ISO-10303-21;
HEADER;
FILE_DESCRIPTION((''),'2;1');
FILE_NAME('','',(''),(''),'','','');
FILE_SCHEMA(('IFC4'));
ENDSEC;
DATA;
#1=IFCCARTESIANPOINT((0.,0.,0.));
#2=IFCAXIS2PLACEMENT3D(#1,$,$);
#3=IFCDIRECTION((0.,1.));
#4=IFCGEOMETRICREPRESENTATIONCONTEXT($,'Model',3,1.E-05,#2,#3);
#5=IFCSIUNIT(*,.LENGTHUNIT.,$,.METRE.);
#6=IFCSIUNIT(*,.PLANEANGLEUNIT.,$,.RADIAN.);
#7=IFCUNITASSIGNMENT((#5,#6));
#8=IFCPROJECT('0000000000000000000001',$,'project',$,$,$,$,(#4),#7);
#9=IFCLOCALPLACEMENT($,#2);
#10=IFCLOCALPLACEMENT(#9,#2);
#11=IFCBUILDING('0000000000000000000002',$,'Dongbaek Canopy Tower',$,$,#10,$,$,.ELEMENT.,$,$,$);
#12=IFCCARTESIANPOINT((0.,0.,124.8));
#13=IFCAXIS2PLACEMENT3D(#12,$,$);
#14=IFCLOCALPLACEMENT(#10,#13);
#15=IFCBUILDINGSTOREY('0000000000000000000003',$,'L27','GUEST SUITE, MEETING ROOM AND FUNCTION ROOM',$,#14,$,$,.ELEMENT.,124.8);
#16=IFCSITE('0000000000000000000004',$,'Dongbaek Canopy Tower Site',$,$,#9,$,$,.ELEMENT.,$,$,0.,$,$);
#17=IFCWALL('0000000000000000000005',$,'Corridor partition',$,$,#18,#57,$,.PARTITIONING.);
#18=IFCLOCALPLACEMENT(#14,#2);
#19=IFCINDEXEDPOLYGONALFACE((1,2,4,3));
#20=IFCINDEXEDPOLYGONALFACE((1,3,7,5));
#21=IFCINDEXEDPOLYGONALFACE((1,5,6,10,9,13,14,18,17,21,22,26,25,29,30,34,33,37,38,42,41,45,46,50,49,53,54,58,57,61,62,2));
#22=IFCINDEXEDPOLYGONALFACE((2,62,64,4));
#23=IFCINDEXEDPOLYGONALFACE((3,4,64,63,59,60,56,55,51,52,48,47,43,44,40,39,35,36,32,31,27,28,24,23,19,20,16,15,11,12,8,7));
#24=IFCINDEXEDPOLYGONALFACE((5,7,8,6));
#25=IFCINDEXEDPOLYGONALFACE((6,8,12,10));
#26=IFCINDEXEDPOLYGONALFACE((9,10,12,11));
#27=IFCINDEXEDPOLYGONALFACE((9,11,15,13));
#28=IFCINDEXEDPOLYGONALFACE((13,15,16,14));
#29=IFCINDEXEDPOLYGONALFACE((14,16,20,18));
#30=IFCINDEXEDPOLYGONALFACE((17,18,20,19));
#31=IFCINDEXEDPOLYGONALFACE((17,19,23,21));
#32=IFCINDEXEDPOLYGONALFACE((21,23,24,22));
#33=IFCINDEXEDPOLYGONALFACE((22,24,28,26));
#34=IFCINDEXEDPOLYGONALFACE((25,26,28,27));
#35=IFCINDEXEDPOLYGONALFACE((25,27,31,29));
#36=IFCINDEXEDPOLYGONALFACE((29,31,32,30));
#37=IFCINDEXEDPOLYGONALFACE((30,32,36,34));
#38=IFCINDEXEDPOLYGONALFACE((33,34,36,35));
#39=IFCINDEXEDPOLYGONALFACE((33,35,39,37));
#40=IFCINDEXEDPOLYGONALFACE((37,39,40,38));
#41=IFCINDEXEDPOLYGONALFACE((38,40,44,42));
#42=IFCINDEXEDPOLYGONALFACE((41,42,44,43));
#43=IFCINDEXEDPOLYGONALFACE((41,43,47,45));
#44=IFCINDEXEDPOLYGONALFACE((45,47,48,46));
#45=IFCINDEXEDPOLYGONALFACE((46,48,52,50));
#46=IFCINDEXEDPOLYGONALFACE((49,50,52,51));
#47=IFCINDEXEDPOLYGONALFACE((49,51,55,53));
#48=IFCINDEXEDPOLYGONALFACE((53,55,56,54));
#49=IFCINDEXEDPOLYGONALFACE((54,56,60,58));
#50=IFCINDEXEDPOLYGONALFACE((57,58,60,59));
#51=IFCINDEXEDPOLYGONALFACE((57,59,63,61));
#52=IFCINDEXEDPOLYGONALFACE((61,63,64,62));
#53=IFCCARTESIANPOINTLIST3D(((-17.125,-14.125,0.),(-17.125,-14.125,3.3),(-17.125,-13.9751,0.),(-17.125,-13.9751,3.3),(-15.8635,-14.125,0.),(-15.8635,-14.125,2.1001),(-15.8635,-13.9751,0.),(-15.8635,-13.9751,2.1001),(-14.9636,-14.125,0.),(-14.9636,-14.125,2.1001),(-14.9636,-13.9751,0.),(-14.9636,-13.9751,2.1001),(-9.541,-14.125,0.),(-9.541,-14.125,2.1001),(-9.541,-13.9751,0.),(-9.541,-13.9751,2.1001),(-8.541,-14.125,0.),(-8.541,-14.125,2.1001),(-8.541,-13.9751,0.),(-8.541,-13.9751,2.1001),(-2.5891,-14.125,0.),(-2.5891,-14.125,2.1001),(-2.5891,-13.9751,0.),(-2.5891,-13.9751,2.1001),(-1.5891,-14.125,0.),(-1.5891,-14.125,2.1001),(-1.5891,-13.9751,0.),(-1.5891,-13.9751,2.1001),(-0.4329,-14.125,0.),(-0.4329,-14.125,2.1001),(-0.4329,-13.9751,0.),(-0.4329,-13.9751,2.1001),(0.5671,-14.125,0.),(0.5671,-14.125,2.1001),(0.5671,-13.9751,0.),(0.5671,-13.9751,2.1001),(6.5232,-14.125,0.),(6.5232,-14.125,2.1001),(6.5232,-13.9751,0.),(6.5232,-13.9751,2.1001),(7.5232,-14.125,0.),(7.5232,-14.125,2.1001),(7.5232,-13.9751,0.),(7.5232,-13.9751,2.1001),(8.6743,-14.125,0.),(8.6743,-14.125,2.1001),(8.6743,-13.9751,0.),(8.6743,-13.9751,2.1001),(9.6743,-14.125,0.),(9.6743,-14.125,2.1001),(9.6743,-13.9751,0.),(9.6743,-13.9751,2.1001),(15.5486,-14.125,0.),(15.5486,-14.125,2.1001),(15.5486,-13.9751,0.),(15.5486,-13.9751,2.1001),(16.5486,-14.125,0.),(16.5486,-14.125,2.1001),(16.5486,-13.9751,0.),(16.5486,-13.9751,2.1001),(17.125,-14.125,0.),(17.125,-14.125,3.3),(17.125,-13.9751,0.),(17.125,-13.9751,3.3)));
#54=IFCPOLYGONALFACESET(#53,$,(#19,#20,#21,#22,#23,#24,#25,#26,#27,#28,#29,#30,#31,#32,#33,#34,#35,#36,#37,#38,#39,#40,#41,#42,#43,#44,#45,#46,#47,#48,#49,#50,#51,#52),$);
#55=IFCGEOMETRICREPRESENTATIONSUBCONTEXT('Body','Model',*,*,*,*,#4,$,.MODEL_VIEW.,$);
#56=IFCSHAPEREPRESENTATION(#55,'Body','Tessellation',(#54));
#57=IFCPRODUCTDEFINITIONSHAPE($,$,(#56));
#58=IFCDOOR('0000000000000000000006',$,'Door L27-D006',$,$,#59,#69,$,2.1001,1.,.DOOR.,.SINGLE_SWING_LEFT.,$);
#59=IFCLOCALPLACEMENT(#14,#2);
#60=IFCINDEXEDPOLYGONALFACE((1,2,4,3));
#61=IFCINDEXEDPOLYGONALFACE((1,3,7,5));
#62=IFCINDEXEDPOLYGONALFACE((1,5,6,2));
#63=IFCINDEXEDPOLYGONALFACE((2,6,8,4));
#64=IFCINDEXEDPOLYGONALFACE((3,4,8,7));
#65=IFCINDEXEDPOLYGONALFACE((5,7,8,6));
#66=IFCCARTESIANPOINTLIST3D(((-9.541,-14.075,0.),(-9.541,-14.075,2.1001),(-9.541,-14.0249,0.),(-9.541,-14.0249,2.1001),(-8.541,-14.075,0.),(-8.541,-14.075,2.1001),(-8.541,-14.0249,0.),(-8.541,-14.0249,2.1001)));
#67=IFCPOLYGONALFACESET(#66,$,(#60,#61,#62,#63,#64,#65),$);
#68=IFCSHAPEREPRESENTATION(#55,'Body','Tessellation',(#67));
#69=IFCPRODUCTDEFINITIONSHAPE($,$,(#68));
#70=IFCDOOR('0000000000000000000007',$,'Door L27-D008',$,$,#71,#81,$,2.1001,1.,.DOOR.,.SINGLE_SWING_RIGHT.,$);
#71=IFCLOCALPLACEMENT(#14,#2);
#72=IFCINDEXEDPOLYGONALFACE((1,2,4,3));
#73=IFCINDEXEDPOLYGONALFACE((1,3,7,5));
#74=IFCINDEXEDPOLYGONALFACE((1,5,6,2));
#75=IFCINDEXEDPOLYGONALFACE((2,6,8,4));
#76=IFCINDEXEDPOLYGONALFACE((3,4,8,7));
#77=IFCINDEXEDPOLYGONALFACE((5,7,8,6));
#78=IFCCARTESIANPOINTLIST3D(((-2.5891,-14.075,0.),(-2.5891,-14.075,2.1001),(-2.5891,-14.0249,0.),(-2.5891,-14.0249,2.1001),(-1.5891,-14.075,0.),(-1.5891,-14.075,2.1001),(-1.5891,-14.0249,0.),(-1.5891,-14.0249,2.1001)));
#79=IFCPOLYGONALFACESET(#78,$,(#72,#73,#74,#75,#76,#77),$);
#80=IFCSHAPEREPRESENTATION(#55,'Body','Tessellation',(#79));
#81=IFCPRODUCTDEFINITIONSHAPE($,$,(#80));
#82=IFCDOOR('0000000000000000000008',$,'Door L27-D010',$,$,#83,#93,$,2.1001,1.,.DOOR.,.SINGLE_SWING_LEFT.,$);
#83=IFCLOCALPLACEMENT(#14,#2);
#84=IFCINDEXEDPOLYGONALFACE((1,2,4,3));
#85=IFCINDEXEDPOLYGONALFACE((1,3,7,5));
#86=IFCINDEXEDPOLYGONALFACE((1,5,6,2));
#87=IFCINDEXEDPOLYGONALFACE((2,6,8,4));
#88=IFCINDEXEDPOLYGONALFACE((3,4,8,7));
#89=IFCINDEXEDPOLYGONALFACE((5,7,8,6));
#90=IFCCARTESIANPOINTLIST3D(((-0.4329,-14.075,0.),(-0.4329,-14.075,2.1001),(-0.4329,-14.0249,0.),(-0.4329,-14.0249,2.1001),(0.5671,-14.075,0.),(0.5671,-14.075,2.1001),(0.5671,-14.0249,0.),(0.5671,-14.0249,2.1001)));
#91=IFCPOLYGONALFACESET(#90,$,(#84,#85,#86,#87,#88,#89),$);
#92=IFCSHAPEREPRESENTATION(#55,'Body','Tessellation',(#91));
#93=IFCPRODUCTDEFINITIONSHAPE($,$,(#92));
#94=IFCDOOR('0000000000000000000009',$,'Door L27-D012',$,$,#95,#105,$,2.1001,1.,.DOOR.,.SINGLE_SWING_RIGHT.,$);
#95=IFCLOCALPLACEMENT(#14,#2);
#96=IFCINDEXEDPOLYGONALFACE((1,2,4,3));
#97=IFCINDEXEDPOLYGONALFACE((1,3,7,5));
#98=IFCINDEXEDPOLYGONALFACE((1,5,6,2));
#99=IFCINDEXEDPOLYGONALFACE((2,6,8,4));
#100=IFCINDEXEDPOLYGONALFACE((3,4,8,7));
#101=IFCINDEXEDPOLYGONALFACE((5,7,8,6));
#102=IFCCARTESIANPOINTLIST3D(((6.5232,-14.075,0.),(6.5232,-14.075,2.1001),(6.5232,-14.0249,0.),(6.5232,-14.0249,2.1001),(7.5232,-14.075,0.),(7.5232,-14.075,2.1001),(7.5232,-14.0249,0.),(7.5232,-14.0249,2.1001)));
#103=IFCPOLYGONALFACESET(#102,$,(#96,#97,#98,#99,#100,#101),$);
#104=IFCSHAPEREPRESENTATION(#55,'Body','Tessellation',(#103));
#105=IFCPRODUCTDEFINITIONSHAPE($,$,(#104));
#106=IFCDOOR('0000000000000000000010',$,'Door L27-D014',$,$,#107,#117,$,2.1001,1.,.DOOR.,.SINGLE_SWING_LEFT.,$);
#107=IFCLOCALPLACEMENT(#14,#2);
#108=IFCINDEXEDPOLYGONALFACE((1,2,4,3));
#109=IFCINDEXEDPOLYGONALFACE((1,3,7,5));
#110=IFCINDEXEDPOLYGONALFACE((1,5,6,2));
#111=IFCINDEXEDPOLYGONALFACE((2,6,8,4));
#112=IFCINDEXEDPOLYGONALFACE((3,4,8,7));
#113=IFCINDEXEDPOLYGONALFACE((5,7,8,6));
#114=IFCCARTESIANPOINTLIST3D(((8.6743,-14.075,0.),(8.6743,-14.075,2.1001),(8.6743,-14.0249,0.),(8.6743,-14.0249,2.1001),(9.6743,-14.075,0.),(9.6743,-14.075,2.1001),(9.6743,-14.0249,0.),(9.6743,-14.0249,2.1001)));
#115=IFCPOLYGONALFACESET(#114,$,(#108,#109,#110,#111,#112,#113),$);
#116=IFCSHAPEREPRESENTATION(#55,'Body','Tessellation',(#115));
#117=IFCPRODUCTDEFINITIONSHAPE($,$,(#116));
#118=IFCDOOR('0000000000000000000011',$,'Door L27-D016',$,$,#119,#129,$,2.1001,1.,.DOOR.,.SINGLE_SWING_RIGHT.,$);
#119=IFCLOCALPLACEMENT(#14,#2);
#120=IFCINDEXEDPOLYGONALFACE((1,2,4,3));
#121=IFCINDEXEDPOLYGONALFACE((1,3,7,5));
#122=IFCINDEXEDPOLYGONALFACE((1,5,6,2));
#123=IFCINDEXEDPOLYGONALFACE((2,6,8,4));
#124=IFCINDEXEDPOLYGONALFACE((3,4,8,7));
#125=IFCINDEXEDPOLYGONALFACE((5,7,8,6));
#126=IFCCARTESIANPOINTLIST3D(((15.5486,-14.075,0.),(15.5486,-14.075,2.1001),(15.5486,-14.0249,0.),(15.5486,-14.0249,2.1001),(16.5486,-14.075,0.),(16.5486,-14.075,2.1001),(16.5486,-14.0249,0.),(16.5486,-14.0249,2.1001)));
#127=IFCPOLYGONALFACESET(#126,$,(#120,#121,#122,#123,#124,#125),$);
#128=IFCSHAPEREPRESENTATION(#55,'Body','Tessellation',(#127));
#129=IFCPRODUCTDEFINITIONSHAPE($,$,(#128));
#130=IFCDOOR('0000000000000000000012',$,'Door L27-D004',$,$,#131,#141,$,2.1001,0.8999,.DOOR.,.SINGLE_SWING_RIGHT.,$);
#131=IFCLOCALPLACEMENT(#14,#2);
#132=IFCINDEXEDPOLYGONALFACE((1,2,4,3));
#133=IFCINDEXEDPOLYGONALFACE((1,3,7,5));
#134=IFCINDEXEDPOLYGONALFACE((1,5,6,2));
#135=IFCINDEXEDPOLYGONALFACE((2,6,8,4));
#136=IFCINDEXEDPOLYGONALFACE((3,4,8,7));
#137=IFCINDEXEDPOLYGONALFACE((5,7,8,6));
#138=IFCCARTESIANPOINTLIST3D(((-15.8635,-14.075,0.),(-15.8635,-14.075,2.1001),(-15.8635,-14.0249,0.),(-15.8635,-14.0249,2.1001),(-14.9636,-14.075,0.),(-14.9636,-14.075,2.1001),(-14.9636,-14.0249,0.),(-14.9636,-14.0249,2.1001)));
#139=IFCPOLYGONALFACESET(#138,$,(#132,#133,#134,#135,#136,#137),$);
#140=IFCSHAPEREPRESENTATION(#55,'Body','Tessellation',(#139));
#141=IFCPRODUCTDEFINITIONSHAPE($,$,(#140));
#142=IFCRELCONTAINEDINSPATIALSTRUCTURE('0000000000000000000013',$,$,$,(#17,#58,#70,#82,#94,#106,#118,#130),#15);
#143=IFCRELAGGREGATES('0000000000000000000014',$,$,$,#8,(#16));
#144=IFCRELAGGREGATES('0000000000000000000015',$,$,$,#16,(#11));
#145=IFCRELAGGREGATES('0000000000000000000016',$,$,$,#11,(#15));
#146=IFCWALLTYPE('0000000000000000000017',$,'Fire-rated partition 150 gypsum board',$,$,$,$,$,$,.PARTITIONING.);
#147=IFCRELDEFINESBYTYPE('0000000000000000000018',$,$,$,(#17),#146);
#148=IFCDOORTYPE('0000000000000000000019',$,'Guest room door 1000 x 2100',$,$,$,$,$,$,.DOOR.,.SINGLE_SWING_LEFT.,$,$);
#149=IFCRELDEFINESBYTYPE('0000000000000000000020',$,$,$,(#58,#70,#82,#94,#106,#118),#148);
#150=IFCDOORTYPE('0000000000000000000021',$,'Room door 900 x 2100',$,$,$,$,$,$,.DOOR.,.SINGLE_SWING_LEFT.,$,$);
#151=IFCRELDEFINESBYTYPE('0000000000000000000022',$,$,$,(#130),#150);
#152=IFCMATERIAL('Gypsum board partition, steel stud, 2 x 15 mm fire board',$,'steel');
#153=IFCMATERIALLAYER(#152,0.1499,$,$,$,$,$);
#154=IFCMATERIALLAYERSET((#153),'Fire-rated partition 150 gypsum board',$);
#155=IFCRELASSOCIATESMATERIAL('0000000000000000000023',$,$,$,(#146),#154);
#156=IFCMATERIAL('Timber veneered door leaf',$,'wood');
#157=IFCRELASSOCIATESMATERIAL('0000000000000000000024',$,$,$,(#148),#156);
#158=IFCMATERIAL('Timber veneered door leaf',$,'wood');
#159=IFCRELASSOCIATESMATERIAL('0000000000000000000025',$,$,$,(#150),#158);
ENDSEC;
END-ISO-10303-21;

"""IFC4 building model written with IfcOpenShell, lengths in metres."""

from ifc_helpers import new_model, si_unit, direction, frame, frame_2d, origin, place, context, subcontext, project, spatial, rectangle, extrude, material, layer, layer_set, type_object, element, fill, save


model = new_model("IFC4")

# Units and contexts
model_context = context("Model", 3, precision=1e-05, world=origin(), true_north=direction((0.0, 1.0)))
body_context = subcontext(model_context, "Body", "Model", "MODEL_VIEW")
ifc_project = project(units=[si_unit("LENGTHUNIT", "METRE"), si_unit("PLANEANGLEUNIT", "RADIAN")], contexts=[model_context])

# Site, building, storey
site_placement = place(None, origin())
site = spatial("IfcSite", under=ifc_project, at=site_placement, Name="Dongbaek Canopy Tower Site", CompositionType="ELEMENT", RefElevation=0.0)
building_placement = place(site_placement, origin())
building = spatial("IfcBuilding", under=site, at=building_placement, Name="Dongbaek Canopy Tower", CompositionType="ELEMENT")
storey_placement = place(building_placement, frame((0.0, 0.0, 124.8)))
storey = spatial("IfcBuildingStorey", under=building, at=storey_placement, Name="L27", Description="GUEST SUITE, MEETING ROOM AND FUNCTION ROOM", CompositionType="ELEMENT", Elevation=124.8)

# Wall, openings, doors
ifc_material_1 = material(Name="Gypsum board partition, steel stud, 2 x 15 mm fire board", Category="steel")
ifc_layer_1 = layer(ifc_material_1, 0.1499)
ifc_layer_set_1 = layer_set([ifc_layer_1], Name="Fire-rated partition 150 gypsum board")
wall_type_1 = type_object("IfcWallType", Name="Fire-rated partition 150 gypsum board", PredefinedType="PARTITIONING", material=ifc_layer_set_1)
wall_1_placement = place(storey_placement, frame((17.125, -14.05, 0.0), z_axis=(0.0, 0.0, 1.0), x_axis=(-1.0, 0.0, 0.0)))
wall_1 = element("IfcWall", 1, at=wall_1_placement, inside=storey, type_object=wall_type_1, Name="Corridor partition", PredefinedType="PARTITIONING", context=body_context, shape_type="SweptSolid", body=[
    extrude(rectangle(XDim=34.25, YDim=0.1499, at=frame_2d((17.125, 0.0))), origin(), (0.0, 0.0, 1.0), 3.3),
])
opening_1_placement = place(wall_1_placement, frame((32.0886, 0.0, 0.0)))
opening_1 = element("IfcOpeningElement", 2, at=opening_1_placement, cuts=wall_1, PredefinedType="OPENING", context=body_context, shape_type="SweptSolid", body=[
    extrude(rectangle(XDim=0.8999, YDim=2.1001, at=frame_2d((0.45, 1.05))), frame((0.0, 0.085, 0.0), z_axis=(0.0, -1.0, 0.0), x_axis=(1.0, 0.0, 0.0)), (0.0, 0.0, 1.0), 0.1699),
])
opening_2_placement = place(wall_1_placement, frame((25.666, 0.0, 0.0)))
opening_2 = element("IfcOpeningElement", 3, at=opening_2_placement, cuts=wall_1, PredefinedType="OPENING", context=body_context, shape_type="SweptSolid", body=[
    extrude(rectangle(XDim=1.0, YDim=2.1001, at=frame_2d((0.5, 1.05))), frame((0.0, 0.085, 0.0), z_axis=(0.0, -1.0, 0.0), x_axis=(1.0, 0.0, 0.0)), (0.0, 0.0, 1.0), 0.1699),
])
opening_3_placement = place(wall_1_placement, frame((18.7141, 0.0, 0.0)))
opening_3 = element("IfcOpeningElement", 4, at=opening_3_placement, cuts=wall_1, PredefinedType="OPENING", context=body_context, shape_type="SweptSolid", body=[
    extrude(rectangle(XDim=1.0, YDim=2.1001, at=frame_2d((0.5, 1.05))), frame((0.0, 0.085, 0.0), z_axis=(0.0, -1.0, 0.0), x_axis=(1.0, 0.0, 0.0)), (0.0, 0.0, 1.0), 0.1699),
])
opening_4_placement = place(wall_1_placement, frame((16.5579, 0.0, 0.0)))
opening_4 = element("IfcOpeningElement", 5, at=opening_4_placement, cuts=wall_1, PredefinedType="OPENING", context=body_context, shape_type="SweptSolid", body=[
    extrude(rectangle(XDim=1.0, YDim=2.1001, at=frame_2d((0.5, 1.05))), frame((0.0, 0.085, 0.0), z_axis=(0.0, -1.0, 0.0), x_axis=(1.0, 0.0, 0.0)), (0.0, 0.0, 1.0), 0.1699),
])
opening_5_placement = place(wall_1_placement, frame((9.6018, 0.0, 0.0)))
opening_5 = element("IfcOpeningElement", 6, at=opening_5_placement, cuts=wall_1, PredefinedType="OPENING", context=body_context, shape_type="SweptSolid", body=[
    extrude(rectangle(XDim=1.0, YDim=2.1001, at=frame_2d((0.5, 1.05))), frame((0.0, 0.085, 0.0), z_axis=(0.0, -1.0, 0.0), x_axis=(1.0, 0.0, 0.0)), (0.0, 0.0, 1.0), 0.1699),
])
opening_6_placement = place(wall_1_placement, frame((7.4507, 0.0, 0.0)))
opening_6 = element("IfcOpeningElement", 7, at=opening_6_placement, cuts=wall_1, PredefinedType="OPENING", context=body_context, shape_type="SweptSolid", body=[
    extrude(rectangle(XDim=1.0, YDim=2.1001, at=frame_2d((0.5, 1.05))), frame((0.0, 0.085, 0.0), z_axis=(0.0, -1.0, 0.0), x_axis=(1.0, 0.0, 0.0)), (0.0, 0.0, 1.0), 0.1699),
])
opening_7_placement = place(wall_1_placement, frame((0.5764, 0.0, 0.0)))
opening_7 = element("IfcOpeningElement", 8, at=opening_7_placement, cuts=wall_1, PredefinedType="OPENING", context=body_context, shape_type="SweptSolid", body=[
    extrude(rectangle(XDim=1.0, YDim=2.1001, at=frame_2d((0.5, 1.05))), frame((0.0, 0.085, 0.0), z_axis=(0.0, -1.0, 0.0), x_axis=(1.0, 0.0, 0.0)), (0.0, 0.0, 1.0), 0.1699),
])
ifc_material_2 = material(Name="Timber veneered door leaf", Category="wood")
door_type_1 = type_object("IfcDoorType", Name="Guest room door 1000 x 2100", OperationType="SINGLE_SWING_LEFT", PredefinedType="DOOR", material=ifc_material_2)
door_1_placement = place(opening_2_placement, origin())
door_1 = element("IfcDoor", 9, at=door_1_placement, inside=storey, type_object=door_type_1, Name="Door L27-D006", OperationType="SINGLE_SWING_LEFT", OverallHeight=2.1001, OverallWidth=1.0, PredefinedType="DOOR", context=body_context, shape_type="SweptSolid", body=[
    extrude(rectangle(XDim=1.0, YDim=2.1001, at=frame_2d((0.5, 1.05))), frame((0.0, 0.0249, 0.0), z_axis=(0.0, -1.0, 0.0), x_axis=(1.0, 0.0, 0.0)), (0.0, 0.0, 1.0), 0.05),
])
fill(opening_2, door_1)
door_2_placement = place(opening_3_placement, origin())
door_2 = element("IfcDoor", 10, at=door_2_placement, inside=storey, type_object=door_type_1, Name="Door L27-D008", OperationType="SINGLE_SWING_RIGHT", OverallHeight=2.1001, OverallWidth=1.0, PredefinedType="DOOR", context=body_context, shape_type="SweptSolid", body=[
    extrude(rectangle(XDim=1.0, YDim=2.1001, at=frame_2d((0.5, 1.05))), frame((0.0, 0.0249, 0.0), z_axis=(0.0, -1.0, 0.0), x_axis=(1.0, 0.0, 0.0)), (0.0, 0.0, 1.0), 0.05),
])
fill(opening_3, door_2)
door_3_placement = place(opening_4_placement, origin())
door_3 = element("IfcDoor", 11, at=door_3_placement, inside=storey, type_object=door_type_1, Name="Door L27-D010", OperationType="SINGLE_SWING_LEFT", OverallHeight=2.1001, OverallWidth=1.0, PredefinedType="DOOR", context=body_context, shape_type="SweptSolid", body=[
    extrude(rectangle(XDim=1.0, YDim=2.1001, at=frame_2d((0.5, 1.05))), frame((0.0, 0.0249, 0.0), z_axis=(0.0, -1.0, 0.0), x_axis=(1.0, 0.0, 0.0)), (0.0, 0.0, 1.0), 0.05),
])
fill(opening_4, door_3)
door_4_placement = place(opening_5_placement, origin())
door_4 = element("IfcDoor", 12, at=door_4_placement, inside=storey, type_object=door_type_1, Name="Door L27-D012", OperationType="SINGLE_SWING_RIGHT", OverallHeight=2.1001, OverallWidth=1.0, PredefinedType="DOOR", context=body_context, shape_type="SweptSolid", body=[
    extrude(rectangle(XDim=1.0, YDim=2.1001, at=frame_2d((0.5, 1.05))), frame((0.0, 0.0249, 0.0), z_axis=(0.0, -1.0, 0.0), x_axis=(1.0, 0.0, 0.0)), (0.0, 0.0, 1.0), 0.05),
])
fill(opening_5, door_4)
door_5_placement = place(opening_6_placement, origin())
door_5 = element("IfcDoor", 13, at=door_5_placement, inside=storey, type_object=door_type_1, Name="Door L27-D014", OperationType="SINGLE_SWING_LEFT", OverallHeight=2.1001, OverallWidth=1.0, PredefinedType="DOOR", context=body_context, shape_type="SweptSolid", body=[
    extrude(rectangle(XDim=1.0, YDim=2.1001, at=frame_2d((0.5, 1.05))), frame((0.0, 0.0249, 0.0), z_axis=(0.0, -1.0, 0.0), x_axis=(1.0, 0.0, 0.0)), (0.0, 0.0, 1.0), 0.05),
])
fill(opening_6, door_5)
door_6_placement = place(opening_7_placement, origin())
door_6 = element("IfcDoor", 14, at=door_6_placement, inside=storey, type_object=door_type_1, Name="Door L27-D016", OperationType="SINGLE_SWING_RIGHT", OverallHeight=2.1001, OverallWidth=1.0, PredefinedType="DOOR", context=body_context, shape_type="SweptSolid", body=[
    extrude(rectangle(XDim=1.0, YDim=2.1001, at=frame_2d((0.5, 1.05))), frame((0.0, 0.0249, 0.0), z_axis=(0.0, -1.0, 0.0), x_axis=(1.0, 0.0, 0.0)), (0.0, 0.0, 1.0), 0.05),
])
fill(opening_7, door_6)
ifc_material_3 = material(Name="Timber veneered door leaf", Category="wood")
door_type_2 = type_object("IfcDoorType", Name="Room door 900 x 2100", OperationType="SINGLE_SWING_LEFT", PredefinedType="DOOR", material=ifc_material_3)
door_7_placement = place(opening_1_placement, origin())
door_7 = element("IfcDoor", 15, at=door_7_placement, inside=storey, type_object=door_type_2, Name="Door L27-D004", OperationType="SINGLE_SWING_RIGHT", OverallHeight=2.1001, OverallWidth=0.8999, PredefinedType="DOOR", context=body_context, shape_type="SweptSolid", body=[
    extrude(rectangle(XDim=0.8999, YDim=2.1001, at=frame_2d((0.45, 1.05))), frame((0.0, 0.0249, 0.0), z_axis=(0.0, -1.0, 0.0), x_axis=(1.0, 0.0, 0.0)), (0.0, 0.0, 1.0), 0.05),
])
fill(opening_1, door_7)

save(model, "model.ifc")
